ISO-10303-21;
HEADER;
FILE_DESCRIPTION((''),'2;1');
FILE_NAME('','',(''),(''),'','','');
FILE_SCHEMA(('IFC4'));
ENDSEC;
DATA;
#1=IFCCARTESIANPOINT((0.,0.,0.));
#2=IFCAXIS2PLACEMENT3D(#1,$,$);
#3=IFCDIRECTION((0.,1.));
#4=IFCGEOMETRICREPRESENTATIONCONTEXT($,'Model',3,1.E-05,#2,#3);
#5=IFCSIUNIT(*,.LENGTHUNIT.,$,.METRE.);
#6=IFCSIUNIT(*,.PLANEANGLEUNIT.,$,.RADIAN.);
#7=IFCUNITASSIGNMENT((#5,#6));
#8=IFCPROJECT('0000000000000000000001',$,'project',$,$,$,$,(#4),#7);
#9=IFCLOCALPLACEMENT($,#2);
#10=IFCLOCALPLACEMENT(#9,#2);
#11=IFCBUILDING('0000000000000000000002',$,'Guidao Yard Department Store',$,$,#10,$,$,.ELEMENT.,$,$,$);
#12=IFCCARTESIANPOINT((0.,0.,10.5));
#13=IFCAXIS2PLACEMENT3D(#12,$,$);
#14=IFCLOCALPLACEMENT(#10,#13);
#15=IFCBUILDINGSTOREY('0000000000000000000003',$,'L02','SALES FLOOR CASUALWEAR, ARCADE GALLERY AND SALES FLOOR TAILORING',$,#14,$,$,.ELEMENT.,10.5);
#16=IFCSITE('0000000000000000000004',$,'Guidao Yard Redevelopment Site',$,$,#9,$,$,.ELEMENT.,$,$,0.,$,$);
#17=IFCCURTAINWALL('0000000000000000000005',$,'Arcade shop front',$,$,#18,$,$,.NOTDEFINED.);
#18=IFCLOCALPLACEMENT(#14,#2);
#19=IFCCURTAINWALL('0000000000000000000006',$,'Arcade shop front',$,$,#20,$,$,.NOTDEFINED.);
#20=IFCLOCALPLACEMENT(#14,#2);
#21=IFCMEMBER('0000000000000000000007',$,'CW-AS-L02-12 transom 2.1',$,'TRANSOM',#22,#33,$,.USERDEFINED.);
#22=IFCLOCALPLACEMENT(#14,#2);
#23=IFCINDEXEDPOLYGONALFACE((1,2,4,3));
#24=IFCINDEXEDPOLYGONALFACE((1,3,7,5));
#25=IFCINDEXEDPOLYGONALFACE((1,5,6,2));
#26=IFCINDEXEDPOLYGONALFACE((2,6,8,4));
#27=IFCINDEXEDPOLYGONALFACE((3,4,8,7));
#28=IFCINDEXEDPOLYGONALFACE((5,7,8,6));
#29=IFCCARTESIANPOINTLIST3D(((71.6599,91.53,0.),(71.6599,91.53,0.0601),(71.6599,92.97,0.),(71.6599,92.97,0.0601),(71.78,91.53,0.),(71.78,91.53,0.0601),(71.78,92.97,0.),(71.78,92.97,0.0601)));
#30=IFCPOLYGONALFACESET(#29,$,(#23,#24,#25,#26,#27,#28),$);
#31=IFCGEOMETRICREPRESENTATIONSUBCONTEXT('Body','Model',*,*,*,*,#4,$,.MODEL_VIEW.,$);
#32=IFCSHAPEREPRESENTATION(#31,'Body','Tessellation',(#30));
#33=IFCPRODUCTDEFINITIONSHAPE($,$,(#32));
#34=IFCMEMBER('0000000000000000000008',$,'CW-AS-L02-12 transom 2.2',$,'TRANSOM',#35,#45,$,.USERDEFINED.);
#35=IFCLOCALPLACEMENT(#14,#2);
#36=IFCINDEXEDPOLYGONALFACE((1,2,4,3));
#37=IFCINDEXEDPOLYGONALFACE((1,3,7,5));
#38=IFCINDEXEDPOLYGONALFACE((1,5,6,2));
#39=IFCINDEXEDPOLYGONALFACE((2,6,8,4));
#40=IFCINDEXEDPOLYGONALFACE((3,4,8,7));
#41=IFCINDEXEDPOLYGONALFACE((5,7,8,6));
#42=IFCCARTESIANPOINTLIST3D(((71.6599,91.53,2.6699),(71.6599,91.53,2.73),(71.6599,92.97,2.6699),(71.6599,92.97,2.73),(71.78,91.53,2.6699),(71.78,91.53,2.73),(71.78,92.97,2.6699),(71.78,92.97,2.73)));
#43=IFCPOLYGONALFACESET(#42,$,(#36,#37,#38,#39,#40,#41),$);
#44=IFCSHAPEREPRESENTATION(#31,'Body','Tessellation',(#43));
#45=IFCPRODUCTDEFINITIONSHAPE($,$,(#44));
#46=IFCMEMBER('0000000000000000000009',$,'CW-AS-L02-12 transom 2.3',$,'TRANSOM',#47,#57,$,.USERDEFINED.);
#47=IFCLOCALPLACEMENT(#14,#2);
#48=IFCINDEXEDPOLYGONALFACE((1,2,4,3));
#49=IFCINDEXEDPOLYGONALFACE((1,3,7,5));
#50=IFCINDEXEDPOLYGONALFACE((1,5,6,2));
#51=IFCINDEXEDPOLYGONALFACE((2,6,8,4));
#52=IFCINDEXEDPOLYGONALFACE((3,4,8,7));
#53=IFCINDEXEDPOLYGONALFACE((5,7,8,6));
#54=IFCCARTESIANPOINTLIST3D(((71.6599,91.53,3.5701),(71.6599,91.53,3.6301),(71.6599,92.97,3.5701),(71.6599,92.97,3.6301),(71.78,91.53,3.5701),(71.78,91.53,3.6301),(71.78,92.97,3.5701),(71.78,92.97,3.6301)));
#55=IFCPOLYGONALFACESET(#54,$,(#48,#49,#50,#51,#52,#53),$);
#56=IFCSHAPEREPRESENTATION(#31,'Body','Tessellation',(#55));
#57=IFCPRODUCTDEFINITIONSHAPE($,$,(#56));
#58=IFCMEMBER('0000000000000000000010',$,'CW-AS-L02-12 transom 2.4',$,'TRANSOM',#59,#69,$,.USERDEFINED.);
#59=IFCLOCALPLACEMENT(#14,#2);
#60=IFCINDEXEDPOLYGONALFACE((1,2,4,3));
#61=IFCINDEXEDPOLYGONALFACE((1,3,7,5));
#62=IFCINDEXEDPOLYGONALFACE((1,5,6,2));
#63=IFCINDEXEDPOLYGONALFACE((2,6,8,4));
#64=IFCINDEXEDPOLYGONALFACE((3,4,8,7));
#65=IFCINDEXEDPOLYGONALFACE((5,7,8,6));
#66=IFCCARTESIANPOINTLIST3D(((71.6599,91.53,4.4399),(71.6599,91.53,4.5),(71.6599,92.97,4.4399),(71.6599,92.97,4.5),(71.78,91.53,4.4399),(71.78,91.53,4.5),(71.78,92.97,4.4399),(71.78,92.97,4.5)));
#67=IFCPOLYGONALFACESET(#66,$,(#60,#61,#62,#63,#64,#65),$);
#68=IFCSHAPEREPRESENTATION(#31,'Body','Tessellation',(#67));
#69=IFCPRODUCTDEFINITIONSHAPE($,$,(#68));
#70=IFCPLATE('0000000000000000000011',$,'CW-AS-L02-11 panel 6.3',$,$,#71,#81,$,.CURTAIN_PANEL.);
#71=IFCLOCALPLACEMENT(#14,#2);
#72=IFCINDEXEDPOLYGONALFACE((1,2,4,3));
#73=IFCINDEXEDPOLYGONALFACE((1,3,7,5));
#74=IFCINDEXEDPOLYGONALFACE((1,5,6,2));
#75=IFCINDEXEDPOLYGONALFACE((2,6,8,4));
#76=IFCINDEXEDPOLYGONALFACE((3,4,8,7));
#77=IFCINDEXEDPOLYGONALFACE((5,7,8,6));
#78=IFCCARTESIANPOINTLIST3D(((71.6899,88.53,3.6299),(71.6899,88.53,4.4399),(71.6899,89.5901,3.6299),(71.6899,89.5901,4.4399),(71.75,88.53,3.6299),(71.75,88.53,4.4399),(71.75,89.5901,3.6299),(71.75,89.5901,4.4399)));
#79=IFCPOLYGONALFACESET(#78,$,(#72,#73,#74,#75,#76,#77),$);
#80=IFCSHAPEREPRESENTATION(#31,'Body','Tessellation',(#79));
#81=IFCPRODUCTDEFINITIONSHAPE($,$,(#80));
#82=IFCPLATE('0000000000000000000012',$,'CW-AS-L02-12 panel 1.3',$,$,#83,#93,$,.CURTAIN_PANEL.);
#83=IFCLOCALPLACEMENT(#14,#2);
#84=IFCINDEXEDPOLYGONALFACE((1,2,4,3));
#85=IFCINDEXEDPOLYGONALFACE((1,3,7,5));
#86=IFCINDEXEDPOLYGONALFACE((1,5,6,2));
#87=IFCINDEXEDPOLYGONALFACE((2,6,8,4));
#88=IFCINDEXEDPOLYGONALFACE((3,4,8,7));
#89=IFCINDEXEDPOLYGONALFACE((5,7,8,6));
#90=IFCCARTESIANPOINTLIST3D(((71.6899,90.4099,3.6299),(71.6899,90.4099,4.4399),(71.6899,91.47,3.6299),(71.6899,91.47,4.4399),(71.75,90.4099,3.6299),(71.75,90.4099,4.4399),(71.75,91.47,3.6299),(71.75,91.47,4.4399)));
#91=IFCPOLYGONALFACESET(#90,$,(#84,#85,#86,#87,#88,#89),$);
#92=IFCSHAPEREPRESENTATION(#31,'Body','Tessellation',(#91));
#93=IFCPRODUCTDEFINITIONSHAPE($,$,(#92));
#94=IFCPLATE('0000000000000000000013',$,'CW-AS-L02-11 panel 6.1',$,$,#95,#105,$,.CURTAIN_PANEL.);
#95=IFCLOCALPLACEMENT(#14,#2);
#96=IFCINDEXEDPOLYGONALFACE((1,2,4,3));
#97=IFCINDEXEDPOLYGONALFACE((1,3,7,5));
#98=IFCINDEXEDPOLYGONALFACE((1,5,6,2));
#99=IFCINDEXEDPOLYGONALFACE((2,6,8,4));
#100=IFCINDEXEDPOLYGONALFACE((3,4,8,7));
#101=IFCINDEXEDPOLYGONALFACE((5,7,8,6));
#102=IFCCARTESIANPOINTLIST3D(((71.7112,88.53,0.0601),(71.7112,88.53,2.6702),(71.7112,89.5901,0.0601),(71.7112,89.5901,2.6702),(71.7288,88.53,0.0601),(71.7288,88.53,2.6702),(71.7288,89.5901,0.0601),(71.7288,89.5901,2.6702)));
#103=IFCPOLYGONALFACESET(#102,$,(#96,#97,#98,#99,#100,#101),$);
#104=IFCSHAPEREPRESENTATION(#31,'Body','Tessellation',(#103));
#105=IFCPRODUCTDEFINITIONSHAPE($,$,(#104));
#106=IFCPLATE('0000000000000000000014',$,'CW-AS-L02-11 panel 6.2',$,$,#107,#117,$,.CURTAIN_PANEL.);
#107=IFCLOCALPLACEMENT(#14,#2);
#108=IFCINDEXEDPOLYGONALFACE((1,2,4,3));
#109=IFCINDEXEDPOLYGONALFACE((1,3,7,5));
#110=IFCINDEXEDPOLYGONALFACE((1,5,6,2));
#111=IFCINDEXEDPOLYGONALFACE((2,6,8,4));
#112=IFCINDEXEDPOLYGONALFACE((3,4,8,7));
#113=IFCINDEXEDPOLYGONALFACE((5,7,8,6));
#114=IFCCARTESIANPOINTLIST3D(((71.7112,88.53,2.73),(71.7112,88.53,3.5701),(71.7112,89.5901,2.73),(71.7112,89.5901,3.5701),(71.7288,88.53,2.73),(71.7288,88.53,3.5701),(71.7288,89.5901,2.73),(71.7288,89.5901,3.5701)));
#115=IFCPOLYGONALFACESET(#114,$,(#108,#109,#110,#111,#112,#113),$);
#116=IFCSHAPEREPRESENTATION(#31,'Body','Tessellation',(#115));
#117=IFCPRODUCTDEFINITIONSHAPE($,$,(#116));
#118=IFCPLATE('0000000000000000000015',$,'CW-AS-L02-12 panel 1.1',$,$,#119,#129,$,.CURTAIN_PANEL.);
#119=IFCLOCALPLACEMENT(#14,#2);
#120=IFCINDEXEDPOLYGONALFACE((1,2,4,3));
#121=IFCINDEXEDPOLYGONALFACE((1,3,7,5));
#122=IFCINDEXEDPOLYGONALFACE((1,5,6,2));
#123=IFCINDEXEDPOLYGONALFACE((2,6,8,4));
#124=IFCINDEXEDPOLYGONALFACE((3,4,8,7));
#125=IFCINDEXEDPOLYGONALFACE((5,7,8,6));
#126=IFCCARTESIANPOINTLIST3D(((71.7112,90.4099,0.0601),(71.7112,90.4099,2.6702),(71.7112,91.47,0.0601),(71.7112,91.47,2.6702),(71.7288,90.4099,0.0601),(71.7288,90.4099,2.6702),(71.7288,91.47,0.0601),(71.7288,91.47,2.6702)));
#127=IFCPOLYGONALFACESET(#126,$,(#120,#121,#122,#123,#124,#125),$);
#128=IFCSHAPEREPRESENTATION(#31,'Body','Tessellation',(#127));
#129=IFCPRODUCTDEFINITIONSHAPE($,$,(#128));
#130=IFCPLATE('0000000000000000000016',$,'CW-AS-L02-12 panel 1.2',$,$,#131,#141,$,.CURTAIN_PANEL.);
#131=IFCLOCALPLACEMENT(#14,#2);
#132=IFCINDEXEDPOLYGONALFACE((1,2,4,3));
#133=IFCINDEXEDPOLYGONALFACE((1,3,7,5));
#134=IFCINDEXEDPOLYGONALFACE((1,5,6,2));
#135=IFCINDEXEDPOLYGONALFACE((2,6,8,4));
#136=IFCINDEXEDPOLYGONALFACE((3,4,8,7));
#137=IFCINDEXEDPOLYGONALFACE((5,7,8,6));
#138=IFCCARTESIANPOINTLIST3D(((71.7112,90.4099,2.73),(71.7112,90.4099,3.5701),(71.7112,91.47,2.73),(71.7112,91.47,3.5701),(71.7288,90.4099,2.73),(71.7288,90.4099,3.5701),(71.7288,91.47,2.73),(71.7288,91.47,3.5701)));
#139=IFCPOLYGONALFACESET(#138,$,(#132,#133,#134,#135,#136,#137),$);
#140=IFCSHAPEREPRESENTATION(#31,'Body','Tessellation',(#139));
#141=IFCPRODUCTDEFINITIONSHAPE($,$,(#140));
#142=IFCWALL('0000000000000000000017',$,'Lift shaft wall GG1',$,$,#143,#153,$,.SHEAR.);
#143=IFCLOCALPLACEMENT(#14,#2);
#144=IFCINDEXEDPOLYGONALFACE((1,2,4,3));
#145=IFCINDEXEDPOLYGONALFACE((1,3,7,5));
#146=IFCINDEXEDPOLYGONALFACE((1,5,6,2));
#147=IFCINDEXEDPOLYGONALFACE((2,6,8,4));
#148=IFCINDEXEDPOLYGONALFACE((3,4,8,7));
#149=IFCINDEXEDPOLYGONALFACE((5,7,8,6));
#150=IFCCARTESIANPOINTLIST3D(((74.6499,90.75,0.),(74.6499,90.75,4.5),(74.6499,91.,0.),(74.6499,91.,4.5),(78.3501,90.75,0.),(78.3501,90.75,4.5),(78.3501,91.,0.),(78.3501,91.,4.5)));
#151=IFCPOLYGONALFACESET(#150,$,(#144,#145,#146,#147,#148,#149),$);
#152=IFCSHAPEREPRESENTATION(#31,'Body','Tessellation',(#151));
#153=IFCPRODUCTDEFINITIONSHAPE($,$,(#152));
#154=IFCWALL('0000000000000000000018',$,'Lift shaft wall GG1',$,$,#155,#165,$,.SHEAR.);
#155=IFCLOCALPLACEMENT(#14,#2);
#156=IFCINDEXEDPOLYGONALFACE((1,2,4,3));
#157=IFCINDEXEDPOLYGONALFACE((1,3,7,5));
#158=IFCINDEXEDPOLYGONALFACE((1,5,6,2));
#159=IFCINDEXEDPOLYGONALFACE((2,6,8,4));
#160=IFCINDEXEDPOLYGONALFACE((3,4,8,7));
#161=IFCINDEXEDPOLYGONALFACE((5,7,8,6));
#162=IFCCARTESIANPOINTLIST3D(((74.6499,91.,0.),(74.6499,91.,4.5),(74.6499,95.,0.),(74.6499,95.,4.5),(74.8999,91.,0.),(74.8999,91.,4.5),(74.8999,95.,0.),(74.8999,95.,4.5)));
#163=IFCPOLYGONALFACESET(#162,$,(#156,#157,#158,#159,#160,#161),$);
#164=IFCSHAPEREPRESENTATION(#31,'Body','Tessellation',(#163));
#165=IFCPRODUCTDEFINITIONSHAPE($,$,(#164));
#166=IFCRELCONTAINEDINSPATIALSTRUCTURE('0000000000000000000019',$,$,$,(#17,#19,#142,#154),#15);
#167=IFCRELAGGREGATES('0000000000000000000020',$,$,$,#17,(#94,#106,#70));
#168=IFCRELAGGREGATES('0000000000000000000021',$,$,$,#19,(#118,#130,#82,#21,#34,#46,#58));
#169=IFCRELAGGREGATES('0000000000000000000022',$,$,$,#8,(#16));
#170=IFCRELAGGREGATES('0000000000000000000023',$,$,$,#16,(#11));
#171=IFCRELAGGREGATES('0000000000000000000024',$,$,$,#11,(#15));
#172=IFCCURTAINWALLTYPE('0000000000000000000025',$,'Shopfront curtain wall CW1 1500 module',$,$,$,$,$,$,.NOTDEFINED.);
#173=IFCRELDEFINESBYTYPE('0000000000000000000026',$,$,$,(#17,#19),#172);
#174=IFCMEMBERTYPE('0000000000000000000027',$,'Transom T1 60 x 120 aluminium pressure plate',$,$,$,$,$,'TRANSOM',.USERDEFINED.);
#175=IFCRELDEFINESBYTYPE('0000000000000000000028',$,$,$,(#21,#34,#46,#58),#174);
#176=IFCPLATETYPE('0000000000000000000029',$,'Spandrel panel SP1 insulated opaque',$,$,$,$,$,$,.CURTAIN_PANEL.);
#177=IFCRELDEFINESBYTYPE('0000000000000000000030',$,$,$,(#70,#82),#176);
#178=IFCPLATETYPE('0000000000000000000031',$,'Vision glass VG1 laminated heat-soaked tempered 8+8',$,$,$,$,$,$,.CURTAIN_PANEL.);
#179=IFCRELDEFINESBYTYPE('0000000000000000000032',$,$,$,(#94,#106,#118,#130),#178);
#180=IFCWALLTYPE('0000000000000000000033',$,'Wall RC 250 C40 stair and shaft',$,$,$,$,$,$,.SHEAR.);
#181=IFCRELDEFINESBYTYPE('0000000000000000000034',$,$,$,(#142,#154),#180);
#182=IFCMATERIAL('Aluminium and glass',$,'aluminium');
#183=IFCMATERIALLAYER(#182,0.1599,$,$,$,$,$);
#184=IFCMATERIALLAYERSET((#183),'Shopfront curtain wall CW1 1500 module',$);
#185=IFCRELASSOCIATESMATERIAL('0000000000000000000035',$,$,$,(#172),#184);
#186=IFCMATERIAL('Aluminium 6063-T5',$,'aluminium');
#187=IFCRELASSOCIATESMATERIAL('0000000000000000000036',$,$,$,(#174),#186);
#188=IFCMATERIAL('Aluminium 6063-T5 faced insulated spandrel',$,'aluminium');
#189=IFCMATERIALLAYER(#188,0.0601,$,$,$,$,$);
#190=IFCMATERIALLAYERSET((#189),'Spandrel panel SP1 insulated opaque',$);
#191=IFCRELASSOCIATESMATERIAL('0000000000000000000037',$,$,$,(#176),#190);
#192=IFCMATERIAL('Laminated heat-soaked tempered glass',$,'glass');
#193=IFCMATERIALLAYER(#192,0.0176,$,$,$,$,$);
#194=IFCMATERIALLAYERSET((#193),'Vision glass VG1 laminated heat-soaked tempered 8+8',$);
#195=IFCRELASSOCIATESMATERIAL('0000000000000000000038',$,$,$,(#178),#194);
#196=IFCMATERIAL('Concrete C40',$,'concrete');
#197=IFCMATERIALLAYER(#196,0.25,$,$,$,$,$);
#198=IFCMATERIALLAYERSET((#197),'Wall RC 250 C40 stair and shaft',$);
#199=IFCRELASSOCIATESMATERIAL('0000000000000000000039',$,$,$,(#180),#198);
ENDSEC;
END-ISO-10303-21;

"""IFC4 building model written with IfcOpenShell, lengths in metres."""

from ifc_helpers import new_model, si_unit, direction, frame, frame_2d, origin, origin_2d, place, context, subcontext, project, spatial, rectangle, extrude, material, layer, layer_set, material_profile, profile_set, type_object, element, aggregate, save


model = new_model("IFC4")

# Units and contexts
model_context = context("Model", 3, precision=1e-05, world=origin(), true_north=direction((0.0, 1.0)))
body_context = subcontext(model_context, "Body", "Model", "MODEL_VIEW")
ifc_project = project(units=[si_unit("LENGTHUNIT", "METRE"), si_unit("PLANEANGLEUNIT", "RADIAN")], contexts=[model_context])

# Site, building, storey
site_placement = place(None, origin())
site = spatial("IfcSite", under=ifc_project, at=site_placement, Name="Guidao Yard Redevelopment Site", CompositionType="ELEMENT", RefElevation=0.0)
building_placement = place(site_placement, origin())
building = spatial("IfcBuilding", under=site, at=building_placement, Name="Guidao Yard Department Store", CompositionType="ELEMENT")
storey_placement = place(building_placement, frame((0.0, 0.0, 10.5)))
storey = spatial("IfcBuildingStorey", under=building, at=storey_placement, Name="L02", Description="SALES FLOOR CASUALWEAR, ARCADE GALLERY AND SALES FLOOR TAILORING", CompositionType="ELEMENT", Elevation=10.5)

# Curtain wall
ifc_material_1 = material(Name="Aluminium and glass", Category="aluminium")
ifc_layer_1 = layer(ifc_material_1, 0.1599)
ifc_layer_set_1 = layer_set([ifc_layer_1], Name="Shopfront curtain wall CW1 1500 module")
curtain_wall_type = type_object("IfcCurtainWallType", Name="Shopfront curtain wall CW1 1500 module", PredefinedType="NOTDEFINED", material=ifc_layer_set_1)
curtain_wall_1_placement = place(storey_placement, origin())
curtain_wall_1 = element("IfcCurtainWall", 1, at=curtain_wall_1_placement, inside=storey, type_object=curtain_wall_type, Name="Arcade shop front", PredefinedType="NOTDEFINED")

# Curtain wall
curtain_wall_2_placement = place(storey_placement, origin())
curtain_wall_2 = element("IfcCurtainWall", 2, at=curtain_wall_2_placement, inside=storey, type_object=curtain_wall_type, Name="Arcade shop front", PredefinedType="NOTDEFINED")

# Members
ifc_material_2 = material(Name="Aluminium 6063-T5", Category="aluminium")
ifc_material_profile_1 = material_profile(ifc_material_2, rectangle(XDim=0.1201, YDim=0.0601, at=origin_2d()), Name="Transom T1 60 x 120 aluminium pressure plate")
ifc_profile_set_1 = profile_set([ifc_material_profile_1], Name="Aluminium 6063-T5")
member_type_1 = type_object("IfcMemberType", Name="Transom T1 60 x 120 aluminium pressure plate", ElementType="TRANSOM", PredefinedType="USERDEFINED", material=ifc_profile_set_1)
member_1_placement = place(storey_placement, frame((71.72, 91.53, 0.03), z_axis=(0.0, 1.0, 0.0), x_axis=(-1.0, 0.0, 0.0)))
member_1 = element("IfcMember", 3, at=member_1_placement, type_object=member_type_1, Name="CW-AS-L02-12 transom 2.1", ObjectType="TRANSOM", PredefinedType="USERDEFINED", context=body_context, shape_type="SweptSolid", body=[
    extrude(rectangle(XDim=0.1201, YDim=0.0601, at=origin_2d()), origin(), (0.0, 0.0, 1.0), 1.4399),
])
member_2_placement = place(storey_placement, frame((71.72, 91.53, 2.7), z_axis=(0.0, 1.0, 0.0), x_axis=(-1.0, 0.0, 0.0)))
member_2 = element("IfcMember", 4, at=member_2_placement, type_object=member_type_1, Name="CW-AS-L02-12 transom 2.2", ObjectType="TRANSOM", PredefinedType="USERDEFINED", context=body_context, shape_type="SweptSolid", body=[
    extrude(rectangle(XDim=0.1201, YDim=0.0601, at=origin_2d()), origin(), (0.0, 0.0, 1.0), 1.4399),
])
member_3_placement = place(storey_placement, frame((71.72, 91.53, 3.6001), z_axis=(0.0, 1.0, 0.0), x_axis=(-1.0, 0.0, 0.0)))
member_3 = element("IfcMember", 5, at=member_3_placement, type_object=member_type_1, Name="CW-AS-L02-12 transom 2.3", ObjectType="TRANSOM", PredefinedType="USERDEFINED", context=body_context, shape_type="SweptSolid", body=[
    extrude(rectangle(XDim=0.1201, YDim=0.0601, at=origin_2d()), origin(), (0.0, 0.0, 1.0), 1.4399),
])
member_4_placement = place(storey_placement, frame((71.72, 91.53, 4.47), z_axis=(0.0, 1.0, 0.0), x_axis=(-1.0, 0.0, 0.0)))
member_4 = element("IfcMember", 6, at=member_4_placement, type_object=member_type_1, Name="CW-AS-L02-12 transom 2.4", ObjectType="TRANSOM", PredefinedType="USERDEFINED", context=body_context, shape_type="SweptSolid", body=[
    extrude(rectangle(XDim=0.1201, YDim=0.0601, at=origin_2d()), origin(), (0.0, 0.0, 1.0), 1.4399),
])

# Plates
ifc_material_3 = material(Name="Aluminium 6063-T5 faced insulated spandrel", Category="aluminium")
ifc_layer_2 = layer(ifc_material_3, 0.0601)
ifc_layer_set_2 = layer_set([ifc_layer_2], Name="Spandrel panel SP1 insulated opaque")
plate_type_1 = type_object("IfcPlateType", Name="Spandrel panel SP1 insulated opaque", PredefinedType="CURTAIN_PANEL", material=ifc_layer_set_2)
plate_1_placement = place(storey_placement, frame((71.72, 89.0601, 3.6299), z_axis=(0.0, 0.0, 1.0), x_axis=(0.0, 1.0, 0.0)))
plate_1 = element("IfcPlate", 7, at=plate_1_placement, type_object=plate_type_1, Name="CW-AS-L02-11 panel 6.3", PredefinedType="CURTAIN_PANEL", context=body_context, shape_type="SweptSolid", body=[
    extrude(rectangle(XDim=1.0601, YDim=0.0601, at=origin_2d()), origin(), (0.0, 0.0, 1.0), 0.8101),
])
plate_2_placement = place(storey_placement, frame((71.72, 90.9399, 3.6299), z_axis=(0.0, 0.0, 1.0), x_axis=(0.0, 1.0, 0.0)))
plate_2 = element("IfcPlate", 8, at=plate_2_placement, type_object=plate_type_1, Name="CW-AS-L02-12 panel 1.3", PredefinedType="CURTAIN_PANEL", context=body_context, shape_type="SweptSolid", body=[
    extrude(rectangle(XDim=1.0601, YDim=0.0601, at=origin_2d()), origin(), (0.0, 0.0, 1.0), 0.8101),
])
ifc_material_4 = material(Name="Laminated heat-soaked tempered glass", Category="glass")
ifc_layer_3 = layer(ifc_material_4, 0.0176)
ifc_layer_set_3 = layer_set([ifc_layer_3], Name="Vision glass VG1 laminated heat-soaked tempered 8+8")
plate_type_2 = type_object("IfcPlateType", Name="Vision glass VG1 laminated heat-soaked tempered 8+8", PredefinedType="CURTAIN_PANEL", material=ifc_layer_set_3)
plate_3_placement = place(storey_placement, frame((71.72, 89.0601, 0.0601), z_axis=(0.0, 0.0, 1.0), x_axis=(0.0, 1.0, 0.0)))
plate_3 = element("IfcPlate", 9, at=plate_3_placement, type_object=plate_type_2, Name="CW-AS-L02-11 panel 6.1", PredefinedType="CURTAIN_PANEL", context=body_context, shape_type="SweptSolid", body=[
    extrude(rectangle(XDim=1.0601, YDim=0.0176, at=origin_2d()), origin(), (0.0, 0.0, 1.0), 2.6101),
])
plate_4_placement = place(storey_placement, frame((71.72, 89.0601, 2.73), z_axis=(0.0, 0.0, 1.0), x_axis=(0.0, 1.0, 0.0)))
plate_4 = element("IfcPlate", 10, at=plate_4_placement, type_object=plate_type_2, Name="CW-AS-L02-11 panel 6.2", PredefinedType="CURTAIN_PANEL", context=body_context, shape_type="SweptSolid", body=[
    extrude(rectangle(XDim=1.0601, YDim=0.0176, at=origin_2d()), origin(), (0.0, 0.0, 1.0), 0.8401),
])
aggregate(curtain_wall_1, [plate_3, plate_4, plate_1])
plate_5_placement = place(storey_placement, frame((71.72, 90.9399, 0.0601), z_axis=(0.0, 0.0, 1.0), x_axis=(0.0, 1.0, 0.0)))
plate_5 = element("IfcPlate", 11, at=plate_5_placement, type_object=plate_type_2, Name="CW-AS-L02-12 panel 1.1", PredefinedType="CURTAIN_PANEL", context=body_context, shape_type="SweptSolid", body=[
    extrude(rectangle(XDim=1.0601, YDim=0.0176, at=origin_2d()), origin(), (0.0, 0.0, 1.0), 2.6101),
])
plate_6_placement = place(storey_placement, frame((71.72, 90.9399, 2.73), z_axis=(0.0, 0.0, 1.0), x_axis=(0.0, 1.0, 0.0)))
plate_6 = element("IfcPlate", 12, at=plate_6_placement, type_object=plate_type_2, Name="CW-AS-L02-12 panel 1.2", PredefinedType="CURTAIN_PANEL", context=body_context, shape_type="SweptSolid", body=[
    extrude(rectangle(XDim=1.0601, YDim=0.0176, at=origin_2d()), origin(), (0.0, 0.0, 1.0), 0.8401),
])
aggregate(curtain_wall_2, [plate_5, plate_6, plate_2, member_1, member_2, member_3, member_4])

# Walls
ifc_material_5 = material(Name="Concrete C40", Category="concrete")
ifc_layer_4 = layer(ifc_material_5, 0.25)
ifc_layer_set_4 = layer_set([ifc_layer_4], Name="Wall RC 250 C40 stair and shaft")
wall_type = type_object("IfcWallType", Name="Wall RC 250 C40 stair and shaft", PredefinedType="SHEAR", material=ifc_layer_set_4)
wall_1_placement = place(storey_placement, frame((74.6499, 90.875, 0.0), z_axis=(0.0, 0.0, 1.0), x_axis=(1.0, 0.0, 0.0)))
element("IfcWall", 13, at=wall_1_placement, inside=storey, type_object=wall_type, Name="Lift shaft wall GG1", PredefinedType="SHEAR", context=body_context, shape_type="SweptSolid", body=[
    extrude(rectangle(XDim=3.7002, YDim=0.25, at=frame_2d((1.8501, 0.0))), origin(), (0.0, 0.0, 1.0), 4.5),
])
wall_2_placement = place(storey_placement, frame((74.7749, 91.0, 0.0), z_axis=(0.0, 0.0, 1.0), x_axis=(0.0, 1.0, 0.0)))
element("IfcWall", 14, at=wall_2_placement, inside=storey, type_object=wall_type, Name="Lift shaft wall GG1", PredefinedType="SHEAR", context=body_context, shape_type="SweptSolid", body=[
    extrude(rectangle(XDim=4.0, YDim=0.25, at=frame_2d((2.0, 0.0))), origin(), (0.0, 0.0, 1.0), 4.5),
])

save(model, "model.ifc")
